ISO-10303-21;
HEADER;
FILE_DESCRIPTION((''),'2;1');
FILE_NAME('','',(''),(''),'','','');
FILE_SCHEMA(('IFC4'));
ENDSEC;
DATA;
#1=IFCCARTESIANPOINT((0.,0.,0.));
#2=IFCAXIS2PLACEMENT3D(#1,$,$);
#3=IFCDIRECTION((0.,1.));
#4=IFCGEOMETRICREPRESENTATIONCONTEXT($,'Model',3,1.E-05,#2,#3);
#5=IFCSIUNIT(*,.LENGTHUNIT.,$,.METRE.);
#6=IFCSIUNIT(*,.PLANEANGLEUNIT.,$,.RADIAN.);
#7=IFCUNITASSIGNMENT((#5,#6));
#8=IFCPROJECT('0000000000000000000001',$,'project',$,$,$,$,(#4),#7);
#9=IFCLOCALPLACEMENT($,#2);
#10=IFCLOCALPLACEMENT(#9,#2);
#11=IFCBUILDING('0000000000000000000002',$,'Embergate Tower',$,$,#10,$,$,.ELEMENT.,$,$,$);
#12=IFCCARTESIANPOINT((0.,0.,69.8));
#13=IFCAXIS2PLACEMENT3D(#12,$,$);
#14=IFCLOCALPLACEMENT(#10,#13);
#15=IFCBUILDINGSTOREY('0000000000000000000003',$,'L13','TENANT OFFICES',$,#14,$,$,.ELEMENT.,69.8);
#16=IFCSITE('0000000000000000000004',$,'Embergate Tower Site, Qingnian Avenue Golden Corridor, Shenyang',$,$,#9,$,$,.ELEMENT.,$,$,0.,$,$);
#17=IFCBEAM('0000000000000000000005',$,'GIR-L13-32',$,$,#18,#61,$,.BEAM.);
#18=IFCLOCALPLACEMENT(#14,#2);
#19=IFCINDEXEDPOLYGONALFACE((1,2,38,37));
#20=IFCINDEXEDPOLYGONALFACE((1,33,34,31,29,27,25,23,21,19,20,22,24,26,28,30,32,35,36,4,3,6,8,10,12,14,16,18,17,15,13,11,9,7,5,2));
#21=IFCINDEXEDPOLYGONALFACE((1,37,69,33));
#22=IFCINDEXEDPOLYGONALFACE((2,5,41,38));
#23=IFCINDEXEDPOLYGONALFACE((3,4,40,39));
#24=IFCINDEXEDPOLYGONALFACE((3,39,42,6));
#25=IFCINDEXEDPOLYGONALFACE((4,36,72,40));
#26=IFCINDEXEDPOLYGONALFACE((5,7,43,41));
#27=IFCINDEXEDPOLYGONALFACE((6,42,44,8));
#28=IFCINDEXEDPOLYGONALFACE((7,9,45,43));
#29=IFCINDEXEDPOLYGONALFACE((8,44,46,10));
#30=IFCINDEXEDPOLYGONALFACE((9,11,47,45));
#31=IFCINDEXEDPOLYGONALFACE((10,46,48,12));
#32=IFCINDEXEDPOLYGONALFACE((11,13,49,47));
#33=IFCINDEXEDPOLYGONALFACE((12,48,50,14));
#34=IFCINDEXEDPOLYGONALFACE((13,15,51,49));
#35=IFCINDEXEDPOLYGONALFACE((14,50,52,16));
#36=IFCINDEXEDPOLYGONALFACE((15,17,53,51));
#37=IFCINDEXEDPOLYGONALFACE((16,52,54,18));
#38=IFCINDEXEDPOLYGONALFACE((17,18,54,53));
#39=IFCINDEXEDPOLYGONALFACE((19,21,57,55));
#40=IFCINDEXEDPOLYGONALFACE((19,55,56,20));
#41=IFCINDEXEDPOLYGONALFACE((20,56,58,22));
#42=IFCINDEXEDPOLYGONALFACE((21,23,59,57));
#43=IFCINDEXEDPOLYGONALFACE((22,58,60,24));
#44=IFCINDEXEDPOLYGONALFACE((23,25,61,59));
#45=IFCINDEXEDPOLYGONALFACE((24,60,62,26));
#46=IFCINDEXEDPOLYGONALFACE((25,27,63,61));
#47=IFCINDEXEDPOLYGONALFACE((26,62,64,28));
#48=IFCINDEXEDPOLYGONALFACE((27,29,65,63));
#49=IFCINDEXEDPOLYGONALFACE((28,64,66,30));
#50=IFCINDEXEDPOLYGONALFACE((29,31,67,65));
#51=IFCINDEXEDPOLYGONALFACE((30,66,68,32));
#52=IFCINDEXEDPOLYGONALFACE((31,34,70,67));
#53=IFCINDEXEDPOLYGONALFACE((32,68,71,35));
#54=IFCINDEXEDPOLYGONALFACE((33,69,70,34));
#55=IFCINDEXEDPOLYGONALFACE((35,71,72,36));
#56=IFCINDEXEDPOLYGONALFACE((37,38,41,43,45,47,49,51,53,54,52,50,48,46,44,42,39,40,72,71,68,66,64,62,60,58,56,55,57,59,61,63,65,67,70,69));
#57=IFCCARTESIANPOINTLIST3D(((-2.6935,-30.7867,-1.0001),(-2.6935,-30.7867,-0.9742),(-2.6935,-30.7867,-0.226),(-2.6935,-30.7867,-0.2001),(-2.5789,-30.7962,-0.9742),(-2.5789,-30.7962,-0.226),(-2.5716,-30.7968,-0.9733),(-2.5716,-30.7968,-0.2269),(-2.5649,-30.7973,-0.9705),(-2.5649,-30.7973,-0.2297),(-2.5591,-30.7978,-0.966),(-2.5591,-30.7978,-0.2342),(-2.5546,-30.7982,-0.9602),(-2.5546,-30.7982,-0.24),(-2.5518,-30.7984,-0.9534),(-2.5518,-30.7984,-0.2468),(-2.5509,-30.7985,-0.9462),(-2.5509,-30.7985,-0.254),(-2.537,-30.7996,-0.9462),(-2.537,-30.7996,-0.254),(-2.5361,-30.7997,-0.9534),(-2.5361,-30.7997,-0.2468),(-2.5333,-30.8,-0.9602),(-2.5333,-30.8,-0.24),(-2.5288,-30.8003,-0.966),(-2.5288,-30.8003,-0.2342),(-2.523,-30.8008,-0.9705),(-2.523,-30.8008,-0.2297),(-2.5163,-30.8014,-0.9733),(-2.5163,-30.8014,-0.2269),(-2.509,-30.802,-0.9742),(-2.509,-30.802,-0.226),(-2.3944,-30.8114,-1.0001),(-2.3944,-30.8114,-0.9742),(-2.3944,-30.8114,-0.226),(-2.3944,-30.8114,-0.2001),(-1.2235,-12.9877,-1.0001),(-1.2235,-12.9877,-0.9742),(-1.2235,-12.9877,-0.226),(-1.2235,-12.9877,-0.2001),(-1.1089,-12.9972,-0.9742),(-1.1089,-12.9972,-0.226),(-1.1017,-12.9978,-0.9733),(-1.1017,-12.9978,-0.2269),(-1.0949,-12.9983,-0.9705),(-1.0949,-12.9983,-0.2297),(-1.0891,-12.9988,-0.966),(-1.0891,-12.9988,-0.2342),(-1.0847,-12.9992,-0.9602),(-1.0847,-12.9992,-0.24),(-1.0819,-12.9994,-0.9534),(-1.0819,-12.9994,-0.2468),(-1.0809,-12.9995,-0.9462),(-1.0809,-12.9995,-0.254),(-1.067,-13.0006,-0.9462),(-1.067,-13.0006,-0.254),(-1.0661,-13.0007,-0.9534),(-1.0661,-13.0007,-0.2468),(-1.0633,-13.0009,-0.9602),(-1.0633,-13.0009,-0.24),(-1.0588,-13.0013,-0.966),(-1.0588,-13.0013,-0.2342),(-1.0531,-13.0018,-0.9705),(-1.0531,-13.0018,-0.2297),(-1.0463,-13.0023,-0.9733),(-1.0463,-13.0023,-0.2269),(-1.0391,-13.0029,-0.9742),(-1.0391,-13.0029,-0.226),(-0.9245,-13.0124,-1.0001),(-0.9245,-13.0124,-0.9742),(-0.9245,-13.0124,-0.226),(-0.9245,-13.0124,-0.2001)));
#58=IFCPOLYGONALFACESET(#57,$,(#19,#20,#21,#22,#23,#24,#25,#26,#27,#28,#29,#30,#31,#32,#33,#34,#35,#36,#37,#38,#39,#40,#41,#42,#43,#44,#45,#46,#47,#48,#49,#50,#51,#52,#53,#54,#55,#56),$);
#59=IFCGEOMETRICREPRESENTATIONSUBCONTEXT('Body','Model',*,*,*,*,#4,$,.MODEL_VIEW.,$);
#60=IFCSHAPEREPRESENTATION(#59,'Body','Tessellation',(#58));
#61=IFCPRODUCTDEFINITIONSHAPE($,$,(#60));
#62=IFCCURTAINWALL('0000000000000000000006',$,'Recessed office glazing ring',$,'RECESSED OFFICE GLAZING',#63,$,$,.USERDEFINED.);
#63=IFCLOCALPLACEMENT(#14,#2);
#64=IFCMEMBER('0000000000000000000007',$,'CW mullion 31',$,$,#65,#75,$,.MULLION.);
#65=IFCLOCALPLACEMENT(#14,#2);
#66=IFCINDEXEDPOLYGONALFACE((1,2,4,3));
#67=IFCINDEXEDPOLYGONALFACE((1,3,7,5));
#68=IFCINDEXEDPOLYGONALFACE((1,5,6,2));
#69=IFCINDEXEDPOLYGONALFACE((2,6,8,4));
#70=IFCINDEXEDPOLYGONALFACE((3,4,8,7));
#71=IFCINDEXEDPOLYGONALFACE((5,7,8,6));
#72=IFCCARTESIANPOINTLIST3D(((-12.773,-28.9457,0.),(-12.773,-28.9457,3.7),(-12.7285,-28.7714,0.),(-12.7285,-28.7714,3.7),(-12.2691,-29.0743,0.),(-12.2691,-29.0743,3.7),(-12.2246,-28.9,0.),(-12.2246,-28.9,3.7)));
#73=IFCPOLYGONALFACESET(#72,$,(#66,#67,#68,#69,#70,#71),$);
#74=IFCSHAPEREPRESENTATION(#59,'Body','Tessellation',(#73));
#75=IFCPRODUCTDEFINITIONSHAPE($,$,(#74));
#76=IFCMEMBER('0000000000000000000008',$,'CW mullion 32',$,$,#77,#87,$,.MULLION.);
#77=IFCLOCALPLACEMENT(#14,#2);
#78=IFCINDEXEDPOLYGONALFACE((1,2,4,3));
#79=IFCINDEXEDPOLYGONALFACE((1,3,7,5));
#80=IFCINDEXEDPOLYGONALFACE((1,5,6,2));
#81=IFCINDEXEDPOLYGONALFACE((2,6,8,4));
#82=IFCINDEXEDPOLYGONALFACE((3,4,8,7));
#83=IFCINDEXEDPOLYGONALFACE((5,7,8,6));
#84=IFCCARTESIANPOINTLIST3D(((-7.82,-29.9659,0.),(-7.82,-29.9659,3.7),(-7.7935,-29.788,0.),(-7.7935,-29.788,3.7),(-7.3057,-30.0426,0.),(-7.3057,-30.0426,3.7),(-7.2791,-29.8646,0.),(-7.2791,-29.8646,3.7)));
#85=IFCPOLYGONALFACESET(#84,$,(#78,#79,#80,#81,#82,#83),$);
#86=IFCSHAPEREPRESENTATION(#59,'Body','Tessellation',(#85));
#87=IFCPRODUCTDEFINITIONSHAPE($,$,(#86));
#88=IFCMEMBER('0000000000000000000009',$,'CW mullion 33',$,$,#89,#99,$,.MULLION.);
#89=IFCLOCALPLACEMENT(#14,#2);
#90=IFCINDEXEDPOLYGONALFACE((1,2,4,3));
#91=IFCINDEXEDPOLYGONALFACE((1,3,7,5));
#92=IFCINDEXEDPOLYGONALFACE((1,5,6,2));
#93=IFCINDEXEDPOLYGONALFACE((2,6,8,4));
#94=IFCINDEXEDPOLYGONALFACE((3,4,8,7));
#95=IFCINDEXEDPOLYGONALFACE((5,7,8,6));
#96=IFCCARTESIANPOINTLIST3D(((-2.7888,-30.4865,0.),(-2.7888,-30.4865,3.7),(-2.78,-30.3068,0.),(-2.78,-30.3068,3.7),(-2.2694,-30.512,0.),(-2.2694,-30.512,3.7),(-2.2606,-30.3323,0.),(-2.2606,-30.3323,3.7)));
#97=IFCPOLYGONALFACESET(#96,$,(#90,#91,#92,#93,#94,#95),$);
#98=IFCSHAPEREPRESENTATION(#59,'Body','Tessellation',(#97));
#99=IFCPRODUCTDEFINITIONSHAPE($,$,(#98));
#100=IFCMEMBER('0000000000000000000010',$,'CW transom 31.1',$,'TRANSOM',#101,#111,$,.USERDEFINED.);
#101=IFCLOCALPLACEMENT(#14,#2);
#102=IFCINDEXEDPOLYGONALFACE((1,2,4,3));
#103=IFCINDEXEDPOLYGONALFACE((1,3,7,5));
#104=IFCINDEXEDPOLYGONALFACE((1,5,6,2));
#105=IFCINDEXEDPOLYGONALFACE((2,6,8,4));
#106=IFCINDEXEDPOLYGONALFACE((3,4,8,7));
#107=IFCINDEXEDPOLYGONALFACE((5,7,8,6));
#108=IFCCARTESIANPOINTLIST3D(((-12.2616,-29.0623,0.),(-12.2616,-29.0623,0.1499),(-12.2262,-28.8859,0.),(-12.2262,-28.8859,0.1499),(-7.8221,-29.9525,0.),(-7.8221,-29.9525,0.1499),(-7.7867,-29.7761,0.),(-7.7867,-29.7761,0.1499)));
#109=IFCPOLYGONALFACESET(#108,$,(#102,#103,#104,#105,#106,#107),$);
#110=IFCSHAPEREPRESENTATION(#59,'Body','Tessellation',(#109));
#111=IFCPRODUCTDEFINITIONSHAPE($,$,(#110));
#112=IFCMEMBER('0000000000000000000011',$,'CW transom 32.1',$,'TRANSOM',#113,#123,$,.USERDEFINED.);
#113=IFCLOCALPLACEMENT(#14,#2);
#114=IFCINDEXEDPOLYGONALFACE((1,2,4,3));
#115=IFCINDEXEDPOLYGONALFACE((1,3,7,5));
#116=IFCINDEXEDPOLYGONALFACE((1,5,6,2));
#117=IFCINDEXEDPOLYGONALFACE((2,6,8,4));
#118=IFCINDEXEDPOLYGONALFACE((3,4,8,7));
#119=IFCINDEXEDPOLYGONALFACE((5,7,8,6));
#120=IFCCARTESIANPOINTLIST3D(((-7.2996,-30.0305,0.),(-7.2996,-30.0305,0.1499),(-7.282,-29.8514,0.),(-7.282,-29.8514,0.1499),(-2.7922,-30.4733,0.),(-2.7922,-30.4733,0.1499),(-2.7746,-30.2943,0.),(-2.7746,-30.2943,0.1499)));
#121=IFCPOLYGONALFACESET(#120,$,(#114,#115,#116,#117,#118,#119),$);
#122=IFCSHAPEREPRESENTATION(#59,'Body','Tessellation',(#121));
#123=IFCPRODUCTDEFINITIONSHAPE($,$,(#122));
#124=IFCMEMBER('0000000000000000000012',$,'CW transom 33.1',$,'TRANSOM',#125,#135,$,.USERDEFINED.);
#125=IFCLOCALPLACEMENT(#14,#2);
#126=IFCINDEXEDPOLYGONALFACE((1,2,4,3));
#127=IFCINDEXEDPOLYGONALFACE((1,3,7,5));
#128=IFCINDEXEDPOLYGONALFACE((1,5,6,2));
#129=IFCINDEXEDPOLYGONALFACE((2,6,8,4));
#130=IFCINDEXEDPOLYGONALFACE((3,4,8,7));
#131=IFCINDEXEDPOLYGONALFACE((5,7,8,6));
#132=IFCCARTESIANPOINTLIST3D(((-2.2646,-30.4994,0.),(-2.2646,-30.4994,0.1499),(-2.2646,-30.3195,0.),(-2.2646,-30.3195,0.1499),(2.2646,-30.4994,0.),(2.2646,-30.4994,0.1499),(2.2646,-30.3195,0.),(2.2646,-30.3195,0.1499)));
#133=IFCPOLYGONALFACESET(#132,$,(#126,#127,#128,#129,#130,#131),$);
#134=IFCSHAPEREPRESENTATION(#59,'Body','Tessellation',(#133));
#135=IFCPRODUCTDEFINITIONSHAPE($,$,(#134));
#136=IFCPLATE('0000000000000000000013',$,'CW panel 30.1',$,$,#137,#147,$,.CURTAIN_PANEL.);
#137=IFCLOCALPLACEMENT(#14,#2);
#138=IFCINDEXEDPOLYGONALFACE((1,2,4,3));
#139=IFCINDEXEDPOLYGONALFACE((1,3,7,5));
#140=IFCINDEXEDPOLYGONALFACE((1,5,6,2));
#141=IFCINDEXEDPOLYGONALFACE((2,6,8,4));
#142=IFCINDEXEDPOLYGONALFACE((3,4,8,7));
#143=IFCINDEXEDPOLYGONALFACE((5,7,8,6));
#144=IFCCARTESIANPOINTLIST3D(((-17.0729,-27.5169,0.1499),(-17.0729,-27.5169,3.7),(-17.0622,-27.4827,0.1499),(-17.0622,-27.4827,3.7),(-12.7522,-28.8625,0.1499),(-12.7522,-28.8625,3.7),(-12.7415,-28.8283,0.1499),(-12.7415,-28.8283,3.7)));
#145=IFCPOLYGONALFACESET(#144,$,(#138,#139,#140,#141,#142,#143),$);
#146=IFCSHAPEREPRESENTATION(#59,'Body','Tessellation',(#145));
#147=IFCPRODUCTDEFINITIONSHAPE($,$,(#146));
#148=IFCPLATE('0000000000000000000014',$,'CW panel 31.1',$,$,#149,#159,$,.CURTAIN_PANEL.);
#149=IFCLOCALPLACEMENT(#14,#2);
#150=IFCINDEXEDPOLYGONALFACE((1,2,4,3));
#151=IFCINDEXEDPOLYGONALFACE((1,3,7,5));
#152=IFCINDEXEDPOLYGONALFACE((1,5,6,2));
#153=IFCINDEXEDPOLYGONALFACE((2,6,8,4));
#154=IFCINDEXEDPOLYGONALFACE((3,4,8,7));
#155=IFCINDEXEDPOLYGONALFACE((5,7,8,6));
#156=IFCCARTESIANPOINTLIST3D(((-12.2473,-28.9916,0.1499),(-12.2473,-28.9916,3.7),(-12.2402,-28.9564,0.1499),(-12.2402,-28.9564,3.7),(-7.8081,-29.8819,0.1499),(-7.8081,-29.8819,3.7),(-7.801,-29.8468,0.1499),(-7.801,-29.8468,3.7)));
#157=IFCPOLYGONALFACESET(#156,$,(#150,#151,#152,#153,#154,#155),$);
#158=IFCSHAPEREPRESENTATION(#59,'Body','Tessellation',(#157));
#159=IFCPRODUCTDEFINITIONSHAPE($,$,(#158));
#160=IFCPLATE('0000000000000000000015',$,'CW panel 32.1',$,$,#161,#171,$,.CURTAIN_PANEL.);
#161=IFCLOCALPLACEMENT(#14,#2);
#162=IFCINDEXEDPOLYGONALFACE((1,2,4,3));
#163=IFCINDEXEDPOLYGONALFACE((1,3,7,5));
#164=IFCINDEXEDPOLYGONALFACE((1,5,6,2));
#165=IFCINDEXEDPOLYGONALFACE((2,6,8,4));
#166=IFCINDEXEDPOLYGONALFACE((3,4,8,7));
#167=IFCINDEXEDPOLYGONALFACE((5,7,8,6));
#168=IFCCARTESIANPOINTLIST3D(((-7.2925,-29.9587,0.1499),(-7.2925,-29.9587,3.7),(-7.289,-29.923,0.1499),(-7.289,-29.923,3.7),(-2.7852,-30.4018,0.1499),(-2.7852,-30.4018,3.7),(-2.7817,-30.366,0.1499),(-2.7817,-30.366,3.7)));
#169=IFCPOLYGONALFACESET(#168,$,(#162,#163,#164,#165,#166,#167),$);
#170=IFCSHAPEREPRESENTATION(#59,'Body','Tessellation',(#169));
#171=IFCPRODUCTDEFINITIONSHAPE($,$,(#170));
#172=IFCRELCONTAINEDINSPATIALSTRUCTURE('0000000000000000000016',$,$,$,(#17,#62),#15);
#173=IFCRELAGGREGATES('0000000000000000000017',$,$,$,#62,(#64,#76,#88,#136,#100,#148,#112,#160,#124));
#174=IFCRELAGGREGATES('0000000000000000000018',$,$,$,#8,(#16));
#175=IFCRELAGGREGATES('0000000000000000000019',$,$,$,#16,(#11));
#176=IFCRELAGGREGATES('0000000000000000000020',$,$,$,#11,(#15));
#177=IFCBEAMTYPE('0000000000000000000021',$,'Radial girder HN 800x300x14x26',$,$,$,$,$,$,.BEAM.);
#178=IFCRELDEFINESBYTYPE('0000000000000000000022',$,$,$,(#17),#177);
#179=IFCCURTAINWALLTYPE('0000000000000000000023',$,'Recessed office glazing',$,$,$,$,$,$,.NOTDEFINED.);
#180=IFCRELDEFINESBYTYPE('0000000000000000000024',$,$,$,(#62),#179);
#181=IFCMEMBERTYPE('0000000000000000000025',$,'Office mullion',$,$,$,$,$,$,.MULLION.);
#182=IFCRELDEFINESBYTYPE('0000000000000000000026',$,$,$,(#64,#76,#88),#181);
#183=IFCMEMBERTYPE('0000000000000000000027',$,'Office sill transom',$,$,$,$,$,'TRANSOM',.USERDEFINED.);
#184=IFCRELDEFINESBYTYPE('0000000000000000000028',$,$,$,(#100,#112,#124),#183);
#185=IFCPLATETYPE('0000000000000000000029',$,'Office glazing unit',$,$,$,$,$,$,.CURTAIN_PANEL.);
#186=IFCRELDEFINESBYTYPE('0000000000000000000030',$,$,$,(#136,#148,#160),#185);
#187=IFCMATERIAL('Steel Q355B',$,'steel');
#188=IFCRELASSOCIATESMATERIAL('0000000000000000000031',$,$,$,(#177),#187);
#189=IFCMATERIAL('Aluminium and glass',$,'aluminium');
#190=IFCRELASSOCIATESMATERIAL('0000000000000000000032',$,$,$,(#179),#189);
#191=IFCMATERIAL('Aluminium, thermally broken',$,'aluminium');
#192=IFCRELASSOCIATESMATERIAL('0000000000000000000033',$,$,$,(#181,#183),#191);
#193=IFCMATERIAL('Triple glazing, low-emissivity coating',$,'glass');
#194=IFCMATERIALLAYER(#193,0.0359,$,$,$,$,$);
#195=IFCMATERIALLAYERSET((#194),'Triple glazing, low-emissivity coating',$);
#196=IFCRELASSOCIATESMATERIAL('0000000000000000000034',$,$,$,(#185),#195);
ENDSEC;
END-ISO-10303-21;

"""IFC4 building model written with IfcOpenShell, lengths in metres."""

from ifc_helpers import new_model, si_unit, direction, frame, origin, origin_2d, place, context, subcontext, project, spatial, rectangle, i_section, extrude, source, transform, mapped, material, layer, layer_set, material_profile, profile_set, type_object, element, aggregate, save


model = new_model("IFC4")

# Units and contexts
model_context = context("Model", 3, precision=1e-05, world=origin(), true_north=direction((0.0, 1.0)))
body_context = subcontext(model_context, "Body", "Model", "MODEL_VIEW")
ifc_project = project(units=[si_unit("LENGTHUNIT", "METRE"), si_unit("PLANEANGLEUNIT", "RADIAN")], contexts=[model_context])

# Site, building, storey
site_placement = place(None, origin())
site = spatial("IfcSite", under=ifc_project, at=site_placement, Name="Embergate Tower Site, Qingnian Avenue Golden Corridor, Shenyang", CompositionType="ELEMENT", RefElevation=0.0)
building_placement = place(site_placement, origin())
building = spatial("IfcBuilding", under=site, at=building_placement, Name="Embergate Tower", CompositionType="ELEMENT")
storey_placement = place(building_placement, frame((0.0, 0.0, 69.8)))
storey = spatial("IfcBuildingStorey", under=building, at=storey_placement, Name="L13", Description="TENANT OFFICES", CompositionType="ELEMENT", Elevation=69.8)

# Beam
ifc_material_1 = material(Name="Steel Q355B", Category="steel")
ifc_material_profile_1 = material_profile(ifc_material_1, i_section(OverallWidth=0.3, OverallDepth=0.8, WebThickness=0.0139, FlangeThickness=0.0259, FilletRadius=0.0281, at=origin_2d()), Name="HN 800x300x14x26")
ifc_profile_set_1 = profile_set([ifc_material_profile_1], Name="Steel Q355 grade B")
beam_type_1 = type_object("IfcBeamType", Name="Radial girder HN 800x300x14x26", PredefinedType="BEAM", material=ifc_profile_set_1)
shared_shape_1 = source(origin(), body_context, "Body", "SweptSolid", [
    extrude(i_section(OverallWidth=0.3, OverallDepth=0.8, WebThickness=0.0139, FlangeThickness=0.0259, FilletRadius=0.0281, at=origin_2d()), origin(), (0.0, 0.0, 1.0), 17.8596),
])
beam_1_placement = place(storey_placement, frame((-2.5439, -30.7991, -0.6001), z_axis=(0.082307, 0.996607, 0.0), x_axis=(-0.996607, 0.082307, 0.0)))
element("IfcBeam", 1, at=beam_1_placement, inside=storey, type_object=beam_type_1, Name="GIR-L13-32", PredefinedType="BEAM", context=body_context, shape_type="MappedRepresentation", body=[
    mapped(shared_shape_1, transform((0.0, 0.0, 0.0))),
])

# Curtain wall, members
ifc_material_2 = material(Name="Aluminium and glass", Category="aluminium")
curtain_wall_type = type_object("IfcCurtainWallType", Name="Recessed office glazing", PredefinedType="NOTDEFINED", material=ifc_material_2)
curtain_wall_placement = place(storey_placement, origin())
curtain_wall = element("IfcCurtainWall", 2, at=curtain_wall_placement, inside=storey, type_object=curtain_wall_type, Name="Recessed office glazing ring", ObjectType="RECESSED OFFICE GLAZING", PredefinedType="USERDEFINED")
ifc_material_3 = material(Name="Aluminium, thermally broken", Category="aluminium")
ifc_material_profile_2 = material_profile(ifc_material_3, rectangle(XDim=0.1799, YDim=0.52, at=origin_2d()), Name="AL 520x180")
ifc_profile_set_2 = profile_set([ifc_material_profile_2], Name="Aluminium, thermally broken")
member_type_1 = type_object("IfcMemberType", Name="Office mullion", PredefinedType="MULLION", material=ifc_profile_set_2)
shared_shape_2 = source(origin(), body_context, "Body", "SweptSolid", [
    extrude(rectangle(XDim=0.1799, YDim=0.52, at=origin_2d()), origin(), (0.0, 0.0, 1.0), 3.7),
])
member_1_placement = place(storey_placement, frame((-12.4988, -28.9229, 0.0), z_axis=(0.0, 0.0, 1.0), x_axis=(0.247315, 0.968935, 0.0)))
member_1 = element("IfcMember", 3, at=member_1_placement, type_object=member_type_1, Name="CW mullion 31", PredefinedType="MULLION", context=body_context, shape_type="MappedRepresentation", body=[
    mapped(shared_shape_2, transform((0.0, 0.0, 0.0))),
])
member_2_placement = place(storey_placement, frame((-7.5496, -29.9153, 0.0), z_axis=(0.0, 0.0, 1.0), x_axis=(0.147414, 0.989075, 0.0)))
member_2 = element("IfcMember", 4, at=member_2_placement, type_object=member_type_1, Name="CW mullion 32", PredefinedType="MULLION", context=body_context, shape_type="MappedRepresentation", body=[
    mapped(shared_shape_2, transform((0.0, 0.0, 0.0))),
])
member_3_placement = place(storey_placement, frame((-2.5247, -30.4094, 0.0), z_axis=(0.0, 0.0, 1.0), x_axis=(0.048972, 0.9988, 0.0)))
member_3 = element("IfcMember", 5, at=member_3_placement, type_object=member_type_1, Name="CW mullion 33", PredefinedType="MULLION", context=body_context, shape_type="MappedRepresentation", body=[
    mapped(shared_shape_2, transform((0.0, 0.0, 0.0))),
])
ifc_material_profile_3 = material_profile(ifc_material_3, rectangle(XDim=0.1799, YDim=0.1499, at=origin_2d()), Name="AL 150x180")
ifc_profile_set_3 = profile_set([ifc_material_profile_3], Name="Aluminium, thermally broken")
member_type_2 = type_object("IfcMemberType", Name="Office sill transom", ElementType="TRANSOM", PredefinedType="USERDEFINED", material=ifc_profile_set_3)
shared_shape_3 = source(origin(), body_context, "Body", "SweptSolid", [
    extrude(rectangle(XDim=0.1799, YDim=0.1499, at=origin_2d()), origin(), (0.0, 0.0, 1.0), 4.5278),
])
member_4_placement = place(storey_placement, frame((-12.2439, -28.9741, 0.075), z_axis=(0.980485, -0.196593, 0.0), x_axis=(0.196593, 0.980485, 0.0)))
member_4 = element("IfcMember", 6, at=member_4_placement, type_object=member_type_2, Name="CW transom 31.1", ObjectType="TRANSOM", PredefinedType="USERDEFINED", context=body_context, shape_type="MappedRepresentation", body=[
    mapped(shared_shape_3, transform((0.0, 0.0, 0.0))),
])
shared_shape_4 = source(origin(), body_context, "Body", "SweptSolid", [
    extrude(rectangle(XDim=0.1799, YDim=0.1499, at=origin_2d()), origin(), (0.0, 0.0, 1.0), 4.5291),
])
member_5_placement = place(storey_placement, frame((-7.2908, -29.9409, 0.075), z_axis=(0.995208, -0.097785, 0.0), x_axis=(0.097785, 0.995208, 0.0)))
member_5 = element("IfcMember", 7, at=member_5_placement, type_object=member_type_2, Name="CW transom 32.1", ObjectType="TRANSOM", PredefinedType="USERDEFINED", context=body_context, shape_type="MappedRepresentation", body=[
    mapped(shared_shape_4, transform((0.0, 0.0, 0.0))),
])
shared_shape_5 = source(origin(), body_context, "Body", "SweptSolid", [
    extrude(rectangle(XDim=0.1799, YDim=0.1499, at=origin_2d()), origin(), (0.0, 0.0, 1.0), 4.5293),
])
member_6_placement = place(storey_placement, frame((-2.2646, -30.4094, 0.075), z_axis=(1.0, 0.0, 0.0), x_axis=(0.0, 1.0, 0.0)))
member_6 = element("IfcMember", 8, at=member_6_placement, type_object=member_type_2, Name="CW transom 33.1", ObjectType="TRANSOM", PredefinedType="USERDEFINED", context=body_context, shape_type="MappedRepresentation", body=[
    mapped(shared_shape_5, transform((0.0, 0.0, 0.0))),
])

# Plates
ifc_material_4 = material(Name="Triple glazing, low-emissivity coating", Category="glass")
ifc_layer_1 = layer(ifc_material_4, 0.0359)
ifc_layer_set_1 = layer_set([ifc_layer_1], Name="Triple glazing, low-emissivity coating")
plate_type = type_object("IfcPlateType", Name="Office glazing unit", PredefinedType="CURTAIN_PANEL", material=ifc_layer_set_1)
shared_shape_6 = source(origin(), body_context, "Body", "SweptSolid", [
    extrude(rectangle(XDim=4.5254, YDim=0.0359, at=origin_2d()), origin(), (0.0, 0.0, 1.0), 3.55),
])
plate_1_placement = place(storey_placement, frame((-14.9072, -28.1726, 0.1499), z_axis=(0.0, 0.0, 1.0), x_axis=(0.954771, -0.297342, 0.0)))
plate_1 = element("IfcPlate", 9, at=plate_1_placement, type_object=plate_type, Name="CW panel 30.1", PredefinedType="CURTAIN_PANEL", context=body_context, shape_type="MappedRepresentation", body=[
    mapped(shared_shape_6, transform((0.0, 0.0, 0.0))),
])
shared_shape_7 = source(origin(), body_context, "Body", "SweptSolid", [
    extrude(rectangle(XDim=4.5276, YDim=0.0359, at=origin_2d()), origin(), (0.0, 0.0, 1.0), 3.55),
])
plate_2_placement = place(storey_placement, frame((-10.0242, -29.4192, 0.1499), z_axis=(0.0, 0.0, 1.0), x_axis=(0.980475, -0.196643, 0.0)))
plate_2 = element("IfcPlate", 10, at=plate_2_placement, type_object=plate_type, Name="CW panel 31.1", PredefinedType="CURTAIN_PANEL", context=body_context, shape_type="MappedRepresentation", body=[
    mapped(shared_shape_7, transform((0.0, 0.0, 0.0))),
])
shared_shape_8 = source(origin(), body_context, "Body", "SweptSolid", [
    extrude(rectangle(XDim=4.5291, YDim=0.0359, at=origin_2d()), origin(), (0.0, 0.0, 1.0), 3.55),
])
plate_3_placement = place(storey_placement, frame((-5.0371, -30.1624, 0.1499), z_axis=(0.0, 0.0, 1.0), x_axis=(0.995203, -0.097831, 0.0)))
plate_3 = element("IfcPlate", 11, at=plate_3_placement, type_object=plate_type, Name="CW panel 32.1", PredefinedType="CURTAIN_PANEL", context=body_context, shape_type="MappedRepresentation", body=[
    mapped(shared_shape_8, transform((0.0, 0.0, 0.0))),
])
aggregate(curtain_wall, [member_1, member_2, member_3, plate_1, member_4, plate_2, member_5, plate_3, member_6])

save(model, "model.ifc")
